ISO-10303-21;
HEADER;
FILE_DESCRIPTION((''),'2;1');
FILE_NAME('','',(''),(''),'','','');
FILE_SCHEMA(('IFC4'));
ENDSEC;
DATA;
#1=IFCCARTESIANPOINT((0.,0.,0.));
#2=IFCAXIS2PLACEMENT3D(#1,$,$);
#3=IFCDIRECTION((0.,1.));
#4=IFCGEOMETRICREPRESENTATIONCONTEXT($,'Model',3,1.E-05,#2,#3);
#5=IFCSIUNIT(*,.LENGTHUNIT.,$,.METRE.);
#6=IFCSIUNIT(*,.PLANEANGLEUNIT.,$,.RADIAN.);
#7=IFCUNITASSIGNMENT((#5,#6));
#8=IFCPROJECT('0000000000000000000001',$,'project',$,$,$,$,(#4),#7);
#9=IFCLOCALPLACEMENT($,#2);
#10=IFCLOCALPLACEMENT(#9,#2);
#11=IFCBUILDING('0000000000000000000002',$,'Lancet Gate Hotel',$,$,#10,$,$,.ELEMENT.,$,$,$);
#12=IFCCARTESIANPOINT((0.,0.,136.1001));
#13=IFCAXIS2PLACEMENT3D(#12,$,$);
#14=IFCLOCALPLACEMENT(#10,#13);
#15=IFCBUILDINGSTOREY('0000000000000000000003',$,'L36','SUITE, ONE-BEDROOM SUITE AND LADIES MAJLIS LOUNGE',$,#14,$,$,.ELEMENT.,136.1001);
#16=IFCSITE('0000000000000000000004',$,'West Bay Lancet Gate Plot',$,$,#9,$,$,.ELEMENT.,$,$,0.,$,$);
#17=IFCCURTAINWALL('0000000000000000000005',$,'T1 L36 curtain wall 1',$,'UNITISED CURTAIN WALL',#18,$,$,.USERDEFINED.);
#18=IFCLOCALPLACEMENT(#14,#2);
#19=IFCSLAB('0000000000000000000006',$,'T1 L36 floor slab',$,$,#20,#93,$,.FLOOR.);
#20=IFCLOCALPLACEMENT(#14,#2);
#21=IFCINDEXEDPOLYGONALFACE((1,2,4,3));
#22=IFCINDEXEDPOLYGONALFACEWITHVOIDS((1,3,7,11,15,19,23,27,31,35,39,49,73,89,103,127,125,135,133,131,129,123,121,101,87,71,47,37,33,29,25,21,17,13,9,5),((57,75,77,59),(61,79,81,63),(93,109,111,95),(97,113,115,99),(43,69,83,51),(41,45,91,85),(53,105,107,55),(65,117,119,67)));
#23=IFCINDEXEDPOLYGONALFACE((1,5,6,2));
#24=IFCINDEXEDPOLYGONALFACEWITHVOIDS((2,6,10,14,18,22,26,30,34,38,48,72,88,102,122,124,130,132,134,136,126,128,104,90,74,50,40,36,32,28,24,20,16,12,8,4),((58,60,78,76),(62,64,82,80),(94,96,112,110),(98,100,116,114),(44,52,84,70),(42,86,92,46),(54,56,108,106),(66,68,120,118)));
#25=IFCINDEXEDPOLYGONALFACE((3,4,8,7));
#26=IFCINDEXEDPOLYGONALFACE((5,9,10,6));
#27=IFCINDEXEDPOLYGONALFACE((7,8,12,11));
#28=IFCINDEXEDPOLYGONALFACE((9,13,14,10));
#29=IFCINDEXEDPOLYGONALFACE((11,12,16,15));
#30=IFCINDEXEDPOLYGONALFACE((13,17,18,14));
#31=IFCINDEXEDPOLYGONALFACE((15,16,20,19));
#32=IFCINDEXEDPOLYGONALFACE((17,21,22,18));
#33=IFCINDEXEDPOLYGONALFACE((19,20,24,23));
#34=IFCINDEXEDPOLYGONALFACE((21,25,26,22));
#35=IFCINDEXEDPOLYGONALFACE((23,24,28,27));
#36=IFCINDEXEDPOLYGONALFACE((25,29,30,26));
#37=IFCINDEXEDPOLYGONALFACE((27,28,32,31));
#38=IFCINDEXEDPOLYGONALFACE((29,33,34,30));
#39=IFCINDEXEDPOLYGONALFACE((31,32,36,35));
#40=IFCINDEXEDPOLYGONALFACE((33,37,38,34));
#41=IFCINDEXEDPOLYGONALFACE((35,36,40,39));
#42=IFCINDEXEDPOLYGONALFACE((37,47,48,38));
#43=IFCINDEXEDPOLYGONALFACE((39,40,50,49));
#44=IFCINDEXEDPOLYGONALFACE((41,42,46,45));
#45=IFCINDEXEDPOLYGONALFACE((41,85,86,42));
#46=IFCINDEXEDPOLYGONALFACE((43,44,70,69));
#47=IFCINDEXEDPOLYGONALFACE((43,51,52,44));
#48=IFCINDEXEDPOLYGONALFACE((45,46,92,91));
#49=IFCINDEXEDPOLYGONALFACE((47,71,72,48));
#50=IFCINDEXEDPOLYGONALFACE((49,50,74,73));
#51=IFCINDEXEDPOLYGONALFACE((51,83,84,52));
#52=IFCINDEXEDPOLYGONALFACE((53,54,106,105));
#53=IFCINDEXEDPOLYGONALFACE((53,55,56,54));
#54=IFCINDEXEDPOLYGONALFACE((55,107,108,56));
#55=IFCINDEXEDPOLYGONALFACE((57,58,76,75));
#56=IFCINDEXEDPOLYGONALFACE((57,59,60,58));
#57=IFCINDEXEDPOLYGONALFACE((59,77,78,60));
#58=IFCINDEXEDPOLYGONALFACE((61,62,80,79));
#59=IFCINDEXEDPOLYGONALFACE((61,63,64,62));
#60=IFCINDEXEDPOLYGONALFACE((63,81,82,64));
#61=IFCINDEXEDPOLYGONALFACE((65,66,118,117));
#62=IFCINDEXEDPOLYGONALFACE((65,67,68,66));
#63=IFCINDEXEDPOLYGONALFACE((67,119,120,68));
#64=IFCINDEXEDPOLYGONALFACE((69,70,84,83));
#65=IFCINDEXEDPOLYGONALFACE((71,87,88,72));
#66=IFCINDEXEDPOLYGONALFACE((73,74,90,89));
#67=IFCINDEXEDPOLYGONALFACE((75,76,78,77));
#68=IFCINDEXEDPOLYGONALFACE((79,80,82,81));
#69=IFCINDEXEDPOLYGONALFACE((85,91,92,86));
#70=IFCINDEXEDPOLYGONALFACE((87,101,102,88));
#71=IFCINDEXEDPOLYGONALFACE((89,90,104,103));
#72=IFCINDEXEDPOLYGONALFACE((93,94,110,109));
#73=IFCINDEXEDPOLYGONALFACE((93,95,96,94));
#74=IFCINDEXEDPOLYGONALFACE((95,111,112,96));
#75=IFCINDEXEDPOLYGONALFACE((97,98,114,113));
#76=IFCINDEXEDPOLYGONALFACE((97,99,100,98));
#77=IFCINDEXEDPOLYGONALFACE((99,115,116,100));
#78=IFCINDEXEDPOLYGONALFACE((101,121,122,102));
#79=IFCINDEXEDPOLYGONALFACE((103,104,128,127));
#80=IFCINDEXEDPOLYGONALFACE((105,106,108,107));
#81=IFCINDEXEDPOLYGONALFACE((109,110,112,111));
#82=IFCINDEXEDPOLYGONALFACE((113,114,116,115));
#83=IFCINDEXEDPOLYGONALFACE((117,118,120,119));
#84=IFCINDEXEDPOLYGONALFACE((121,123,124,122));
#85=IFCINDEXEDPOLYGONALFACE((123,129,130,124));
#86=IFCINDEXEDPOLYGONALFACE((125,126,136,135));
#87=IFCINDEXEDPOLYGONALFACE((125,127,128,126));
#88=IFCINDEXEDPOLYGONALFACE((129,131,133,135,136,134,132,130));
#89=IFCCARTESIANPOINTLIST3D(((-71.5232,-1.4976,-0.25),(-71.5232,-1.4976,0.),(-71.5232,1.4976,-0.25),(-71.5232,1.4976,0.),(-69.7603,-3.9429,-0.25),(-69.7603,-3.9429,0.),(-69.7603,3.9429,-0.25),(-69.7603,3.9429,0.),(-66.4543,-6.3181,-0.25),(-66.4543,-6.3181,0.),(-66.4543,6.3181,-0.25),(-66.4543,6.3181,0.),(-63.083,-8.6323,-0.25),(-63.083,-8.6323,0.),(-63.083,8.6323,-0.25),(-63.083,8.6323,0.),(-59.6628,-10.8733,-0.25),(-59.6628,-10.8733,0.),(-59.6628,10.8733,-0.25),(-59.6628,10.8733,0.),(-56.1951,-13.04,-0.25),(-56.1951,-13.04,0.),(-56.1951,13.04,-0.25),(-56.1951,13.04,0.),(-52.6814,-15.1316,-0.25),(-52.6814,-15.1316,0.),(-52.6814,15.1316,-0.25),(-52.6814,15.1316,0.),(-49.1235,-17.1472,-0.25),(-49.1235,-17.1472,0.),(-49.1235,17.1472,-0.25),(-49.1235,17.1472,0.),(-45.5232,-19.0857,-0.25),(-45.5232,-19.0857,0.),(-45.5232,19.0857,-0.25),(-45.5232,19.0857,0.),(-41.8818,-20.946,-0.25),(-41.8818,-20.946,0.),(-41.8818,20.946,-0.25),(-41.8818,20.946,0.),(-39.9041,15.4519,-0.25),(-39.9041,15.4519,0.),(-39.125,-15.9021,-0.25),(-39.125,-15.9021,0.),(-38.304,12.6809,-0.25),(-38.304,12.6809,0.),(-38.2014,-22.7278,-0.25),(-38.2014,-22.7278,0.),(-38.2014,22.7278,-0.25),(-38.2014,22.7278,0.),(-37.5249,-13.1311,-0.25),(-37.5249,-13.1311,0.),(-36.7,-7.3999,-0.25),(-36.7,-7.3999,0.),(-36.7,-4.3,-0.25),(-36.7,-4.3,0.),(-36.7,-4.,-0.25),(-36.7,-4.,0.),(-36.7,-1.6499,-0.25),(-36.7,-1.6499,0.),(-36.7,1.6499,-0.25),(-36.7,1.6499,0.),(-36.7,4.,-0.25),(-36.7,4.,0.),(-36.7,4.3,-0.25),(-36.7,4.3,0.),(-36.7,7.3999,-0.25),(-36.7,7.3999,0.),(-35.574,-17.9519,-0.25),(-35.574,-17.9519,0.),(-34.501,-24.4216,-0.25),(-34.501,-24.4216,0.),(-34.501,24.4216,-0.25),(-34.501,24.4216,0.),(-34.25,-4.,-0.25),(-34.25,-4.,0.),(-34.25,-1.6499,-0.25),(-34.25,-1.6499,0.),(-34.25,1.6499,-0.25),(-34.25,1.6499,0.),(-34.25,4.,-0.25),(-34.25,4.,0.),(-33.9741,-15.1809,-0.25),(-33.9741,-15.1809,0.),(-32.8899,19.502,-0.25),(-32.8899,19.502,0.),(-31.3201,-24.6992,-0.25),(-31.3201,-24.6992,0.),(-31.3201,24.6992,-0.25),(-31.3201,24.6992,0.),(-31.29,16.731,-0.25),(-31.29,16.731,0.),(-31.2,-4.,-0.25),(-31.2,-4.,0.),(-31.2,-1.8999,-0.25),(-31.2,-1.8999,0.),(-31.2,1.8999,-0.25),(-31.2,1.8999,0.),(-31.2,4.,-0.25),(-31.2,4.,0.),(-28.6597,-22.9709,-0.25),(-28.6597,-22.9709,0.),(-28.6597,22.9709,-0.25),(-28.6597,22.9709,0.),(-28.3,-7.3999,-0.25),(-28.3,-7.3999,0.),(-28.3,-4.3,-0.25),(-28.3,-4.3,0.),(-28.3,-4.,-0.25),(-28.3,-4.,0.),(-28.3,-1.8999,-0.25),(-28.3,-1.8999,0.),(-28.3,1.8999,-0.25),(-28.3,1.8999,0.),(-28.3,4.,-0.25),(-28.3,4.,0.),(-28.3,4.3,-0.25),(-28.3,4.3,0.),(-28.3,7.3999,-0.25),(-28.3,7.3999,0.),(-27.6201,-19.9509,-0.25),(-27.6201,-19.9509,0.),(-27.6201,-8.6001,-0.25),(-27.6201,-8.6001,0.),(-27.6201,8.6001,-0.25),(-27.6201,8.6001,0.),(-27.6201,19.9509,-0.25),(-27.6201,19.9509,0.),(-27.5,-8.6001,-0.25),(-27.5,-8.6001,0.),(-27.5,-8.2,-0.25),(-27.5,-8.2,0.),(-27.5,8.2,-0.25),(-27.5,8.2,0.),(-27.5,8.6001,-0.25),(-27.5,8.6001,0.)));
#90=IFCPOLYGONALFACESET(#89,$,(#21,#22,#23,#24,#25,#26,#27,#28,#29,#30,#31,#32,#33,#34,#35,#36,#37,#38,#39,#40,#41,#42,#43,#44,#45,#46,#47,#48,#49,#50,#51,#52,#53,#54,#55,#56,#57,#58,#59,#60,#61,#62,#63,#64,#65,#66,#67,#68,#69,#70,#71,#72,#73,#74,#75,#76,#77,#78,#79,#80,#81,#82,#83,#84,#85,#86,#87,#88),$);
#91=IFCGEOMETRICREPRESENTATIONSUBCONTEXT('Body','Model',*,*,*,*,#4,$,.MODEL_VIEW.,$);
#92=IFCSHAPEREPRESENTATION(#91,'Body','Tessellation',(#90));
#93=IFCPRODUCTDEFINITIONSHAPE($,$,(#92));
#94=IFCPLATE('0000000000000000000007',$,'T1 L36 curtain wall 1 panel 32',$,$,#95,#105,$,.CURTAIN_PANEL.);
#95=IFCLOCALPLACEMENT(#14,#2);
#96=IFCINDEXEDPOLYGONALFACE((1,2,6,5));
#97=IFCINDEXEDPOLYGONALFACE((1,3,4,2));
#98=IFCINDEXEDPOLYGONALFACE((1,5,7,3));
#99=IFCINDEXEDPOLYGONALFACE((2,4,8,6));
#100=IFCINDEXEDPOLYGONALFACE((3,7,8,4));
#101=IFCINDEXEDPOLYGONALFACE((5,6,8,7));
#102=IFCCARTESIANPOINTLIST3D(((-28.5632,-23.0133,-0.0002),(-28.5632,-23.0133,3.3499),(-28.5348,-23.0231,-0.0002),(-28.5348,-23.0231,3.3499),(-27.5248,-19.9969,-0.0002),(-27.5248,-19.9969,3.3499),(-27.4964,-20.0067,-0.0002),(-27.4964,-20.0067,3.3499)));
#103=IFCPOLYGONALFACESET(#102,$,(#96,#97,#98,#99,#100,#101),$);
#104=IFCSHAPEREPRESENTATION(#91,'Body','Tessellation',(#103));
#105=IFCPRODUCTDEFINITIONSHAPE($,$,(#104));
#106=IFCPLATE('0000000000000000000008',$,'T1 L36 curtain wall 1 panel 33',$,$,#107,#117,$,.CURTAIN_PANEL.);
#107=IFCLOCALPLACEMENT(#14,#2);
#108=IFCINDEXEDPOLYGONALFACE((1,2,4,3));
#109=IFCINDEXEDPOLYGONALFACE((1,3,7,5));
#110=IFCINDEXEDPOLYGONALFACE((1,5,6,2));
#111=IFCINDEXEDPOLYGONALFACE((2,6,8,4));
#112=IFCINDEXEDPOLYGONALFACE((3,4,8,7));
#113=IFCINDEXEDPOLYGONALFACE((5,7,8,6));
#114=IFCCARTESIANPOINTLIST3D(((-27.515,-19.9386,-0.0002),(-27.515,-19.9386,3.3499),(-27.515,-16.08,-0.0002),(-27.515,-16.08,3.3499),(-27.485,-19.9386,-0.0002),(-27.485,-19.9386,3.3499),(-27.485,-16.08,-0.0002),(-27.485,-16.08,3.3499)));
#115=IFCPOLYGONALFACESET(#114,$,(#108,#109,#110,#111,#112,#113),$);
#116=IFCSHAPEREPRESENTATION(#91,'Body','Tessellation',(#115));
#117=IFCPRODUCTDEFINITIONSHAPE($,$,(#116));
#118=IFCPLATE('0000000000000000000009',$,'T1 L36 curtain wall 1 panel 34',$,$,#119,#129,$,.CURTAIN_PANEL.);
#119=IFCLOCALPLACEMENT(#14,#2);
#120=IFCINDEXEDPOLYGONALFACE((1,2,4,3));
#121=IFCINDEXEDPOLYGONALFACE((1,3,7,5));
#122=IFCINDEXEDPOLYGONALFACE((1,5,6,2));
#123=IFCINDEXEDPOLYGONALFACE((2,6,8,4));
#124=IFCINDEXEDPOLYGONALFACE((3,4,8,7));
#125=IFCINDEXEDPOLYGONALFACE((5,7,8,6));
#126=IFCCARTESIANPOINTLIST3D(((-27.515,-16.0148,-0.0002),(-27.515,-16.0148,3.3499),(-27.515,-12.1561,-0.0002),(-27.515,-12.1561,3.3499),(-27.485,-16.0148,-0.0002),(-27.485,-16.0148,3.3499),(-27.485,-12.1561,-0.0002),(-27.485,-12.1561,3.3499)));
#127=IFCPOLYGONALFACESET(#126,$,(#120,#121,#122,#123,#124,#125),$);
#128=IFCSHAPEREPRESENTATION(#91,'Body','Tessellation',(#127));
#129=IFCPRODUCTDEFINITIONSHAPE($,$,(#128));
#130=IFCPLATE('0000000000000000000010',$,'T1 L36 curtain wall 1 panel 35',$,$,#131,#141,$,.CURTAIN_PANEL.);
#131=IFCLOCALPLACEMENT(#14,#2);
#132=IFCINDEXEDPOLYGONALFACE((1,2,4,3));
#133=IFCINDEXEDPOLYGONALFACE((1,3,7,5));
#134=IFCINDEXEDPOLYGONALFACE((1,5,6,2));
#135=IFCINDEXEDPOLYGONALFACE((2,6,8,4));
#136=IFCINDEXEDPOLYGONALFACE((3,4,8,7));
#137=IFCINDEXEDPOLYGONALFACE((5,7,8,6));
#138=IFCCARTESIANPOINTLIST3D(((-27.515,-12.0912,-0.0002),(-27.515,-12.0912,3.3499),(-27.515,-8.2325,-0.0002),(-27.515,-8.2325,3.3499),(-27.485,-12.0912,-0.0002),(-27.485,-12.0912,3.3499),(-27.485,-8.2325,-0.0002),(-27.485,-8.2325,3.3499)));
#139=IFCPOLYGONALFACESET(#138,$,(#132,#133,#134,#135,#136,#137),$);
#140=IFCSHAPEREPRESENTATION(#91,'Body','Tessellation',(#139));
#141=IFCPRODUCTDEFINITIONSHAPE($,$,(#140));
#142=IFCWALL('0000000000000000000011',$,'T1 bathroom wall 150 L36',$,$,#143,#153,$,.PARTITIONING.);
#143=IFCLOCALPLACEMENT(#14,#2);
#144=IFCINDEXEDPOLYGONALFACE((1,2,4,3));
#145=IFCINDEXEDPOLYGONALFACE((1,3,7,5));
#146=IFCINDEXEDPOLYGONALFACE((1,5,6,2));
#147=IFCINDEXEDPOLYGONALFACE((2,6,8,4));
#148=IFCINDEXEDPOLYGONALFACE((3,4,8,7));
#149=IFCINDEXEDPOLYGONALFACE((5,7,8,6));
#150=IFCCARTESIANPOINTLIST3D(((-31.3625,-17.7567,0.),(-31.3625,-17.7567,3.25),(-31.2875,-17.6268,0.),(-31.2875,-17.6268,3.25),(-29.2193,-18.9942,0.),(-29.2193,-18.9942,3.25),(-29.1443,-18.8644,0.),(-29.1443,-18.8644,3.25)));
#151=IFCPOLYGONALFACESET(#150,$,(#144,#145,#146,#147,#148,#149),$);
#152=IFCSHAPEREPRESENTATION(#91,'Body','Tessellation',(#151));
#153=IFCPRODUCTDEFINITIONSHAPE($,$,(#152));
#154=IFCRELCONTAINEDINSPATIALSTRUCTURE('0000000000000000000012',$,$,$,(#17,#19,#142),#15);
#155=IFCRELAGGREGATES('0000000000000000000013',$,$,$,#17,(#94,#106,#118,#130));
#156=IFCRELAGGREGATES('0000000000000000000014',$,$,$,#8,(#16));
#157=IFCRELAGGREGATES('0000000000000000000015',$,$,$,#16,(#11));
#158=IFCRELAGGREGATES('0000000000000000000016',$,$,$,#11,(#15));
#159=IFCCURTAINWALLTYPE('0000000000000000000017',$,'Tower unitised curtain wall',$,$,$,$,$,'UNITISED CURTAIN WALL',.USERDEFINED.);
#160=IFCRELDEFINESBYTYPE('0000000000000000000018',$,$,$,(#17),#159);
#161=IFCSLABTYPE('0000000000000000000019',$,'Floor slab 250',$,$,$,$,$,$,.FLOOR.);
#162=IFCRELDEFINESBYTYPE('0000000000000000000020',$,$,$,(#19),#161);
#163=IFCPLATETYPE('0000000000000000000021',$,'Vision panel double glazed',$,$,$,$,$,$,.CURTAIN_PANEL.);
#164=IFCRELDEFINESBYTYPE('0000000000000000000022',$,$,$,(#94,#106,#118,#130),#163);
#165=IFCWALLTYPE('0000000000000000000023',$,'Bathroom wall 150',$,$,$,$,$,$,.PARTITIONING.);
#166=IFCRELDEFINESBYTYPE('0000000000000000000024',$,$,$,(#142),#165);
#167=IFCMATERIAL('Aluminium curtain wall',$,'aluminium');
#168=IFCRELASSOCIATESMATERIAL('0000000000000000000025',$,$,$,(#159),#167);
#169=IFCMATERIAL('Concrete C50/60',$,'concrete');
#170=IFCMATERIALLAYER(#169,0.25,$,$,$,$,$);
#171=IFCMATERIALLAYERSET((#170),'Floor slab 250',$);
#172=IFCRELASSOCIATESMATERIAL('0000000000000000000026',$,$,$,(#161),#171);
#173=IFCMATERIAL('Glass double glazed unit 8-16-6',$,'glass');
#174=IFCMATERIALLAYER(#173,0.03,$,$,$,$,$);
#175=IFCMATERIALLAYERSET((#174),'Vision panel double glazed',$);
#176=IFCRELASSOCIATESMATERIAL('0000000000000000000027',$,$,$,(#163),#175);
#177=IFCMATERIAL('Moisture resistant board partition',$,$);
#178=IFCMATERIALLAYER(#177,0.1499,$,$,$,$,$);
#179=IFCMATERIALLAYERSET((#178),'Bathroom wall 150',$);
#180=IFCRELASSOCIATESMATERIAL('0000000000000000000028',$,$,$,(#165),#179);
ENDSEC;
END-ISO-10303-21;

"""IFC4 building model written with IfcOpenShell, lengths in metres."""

from ifc_helpers import new_model, si_unit, direction, frame, frame_2d, origin, origin_2d, place, context, subcontext, project, spatial, polyline, rectangle, outline, extrude, material, layer, layer_set, type_object, element, aggregate, save


model = new_model("IFC4")

# Units and contexts
model_context = context("Model", 3, precision=1e-05, world=origin(), true_north=direction((0.0, 1.0)))
body_context = subcontext(model_context, "Body", "Model", "MODEL_VIEW")
ifc_project = project(units=[si_unit("LENGTHUNIT", "METRE"), si_unit("PLANEANGLEUNIT", "RADIAN")], contexts=[model_context])

# Site, building, storey
site_placement = place(None, origin())
site = spatial("IfcSite", under=ifc_project, at=site_placement, Name="West Bay Lancet Gate Plot", CompositionType="ELEMENT", RefElevation=0.0)
building_placement = place(site_placement, origin())
building = spatial("IfcBuilding", under=site, at=building_placement, Name="Lancet Gate Hotel", CompositionType="ELEMENT")
storey_placement = place(building_placement, frame((0.0, 0.0, 136.1001)))
storey = spatial("IfcBuildingStorey", under=building, at=storey_placement, Name="L36", Description="SUITE, ONE-BEDROOM SUITE AND LADIES MAJLIS LOUNGE", CompositionType="ELEMENT", Elevation=136.1001)

# Curtain wall
ifc_material_1 = material(Name="Aluminium curtain wall", Category="aluminium")
curtain_wall_type = type_object("IfcCurtainWallType", Name="Tower unitised curtain wall", ElementType="UNITISED CURTAIN WALL", PredefinedType="USERDEFINED", material=ifc_material_1)
curtain_wall_placement = place(storey_placement, origin())
curtain_wall = element("IfcCurtainWall", 1, at=curtain_wall_placement, inside=storey, type_object=curtain_wall_type, Name="T1 L36 curtain wall 1", ObjectType="UNITISED CURTAIN WALL", PredefinedType="USERDEFINED")

# Slab
ifc_material_2 = material(Name="Concrete C50/60", Category="concrete")
ifc_layer_1 = layer(ifc_material_2, 0.25)
ifc_layer_set_1 = layer_set([ifc_layer_1], Name="Floor slab 250")
slab_type = type_object("IfcSlabType", Name="Floor slab 250", PredefinedType="FLOOR", material=ifc_layer_set_1)
slab_placement = place(storey_placement, frame((0.0, 0.0, -0.25)))
element("IfcSlab", 2, at=slab_placement, inside=storey, type_object=slab_type, Name="T1 L36 floor slab", PredefinedType="FLOOR", context=body_context, shape_type="SweptSolid", body=[
    extrude(outline(polyline([(-27.5, 8.6001), (-27.6201, 8.6001), (-27.6201, 19.9509), (-28.6597, 22.9709), (-31.3201, 24.6992), (-34.501, 24.4216), (-38.2014, 22.7278), (-41.8818, 20.946), (-45.5232, 19.0857), (-49.1235, 17.1472), (-52.6814, 15.1316), (-56.1951, 13.04), (-59.6628, 10.8733), (-63.083, 8.6323), (-66.4543, 6.3181), (-69.7603, 3.9429), (-71.5232, 1.4976), (-71.5232, -1.4976), (-69.7603, -3.9429), (-66.4543, -6.3181), (-63.083, -8.6323), (-59.6628, -10.8733), (-56.1951, -13.04), (-52.6814, -15.1316), (-49.1235, -17.1472), (-45.5232, -19.0857), (-41.8818, -20.946), (-38.2014, -22.7278), (-34.501, -24.4216), (-31.3201, -24.6992), (-28.6597, -22.9709), (-27.6201, -19.9509), (-27.6201, -8.6001), (-27.5, -8.6001), (-27.5, -8.2), (-27.5, 8.2), (-27.5, 8.6001)]), holes=[polyline([(-36.7, 7.3999), (-36.7, 4.3), (-28.3, 4.3), (-28.3, 7.3999), (-36.7, 7.3999)]), polyline([(-28.3, 4.0), (-31.2, 4.0), (-31.2, 1.8999), (-28.3, 1.8999), (-28.3, 4.0)]), polyline([(-34.25, 4.0), (-36.7, 4.0), (-36.7, 1.6499), (-34.25, 1.6499), (-34.25, 4.0)]), polyline([(-36.7, -1.6499), (-36.7, -4.0), (-34.25, -4.0), (-34.25, -1.6499), (-36.7, -1.6499)]), polyline([(-28.3, -1.8999), (-31.2, -1.8999), (-31.2, -4.0), (-28.3, -4.0), (-28.3, -1.8999)]), polyline([(-28.3, -4.3), (-36.7, -4.3), (-36.7, -7.3999), (-28.3, -7.3999), (-28.3, -4.3)]), polyline([(-31.29, 16.731), (-32.8899, 19.502), (-39.9041, 15.4519), (-38.304, 12.6809), (-31.29, 16.731)]), polyline([(-33.9741, -15.1809), (-37.5249, -13.1311), (-39.125, -15.9021), (-35.574, -17.9519), (-33.9741, -15.1809)])]), origin(), (0.0, 0.0, 1.0), 0.25),
])

# Plates
ifc_material_3 = material(Name="Glass double glazed unit 8-16-6", Category="glass")
ifc_layer_2 = layer(ifc_material_3, 0.03)
ifc_layer_set_2 = layer_set([ifc_layer_2], Name="Vision panel double glazed")
plate_type = type_object("IfcPlateType", Name="Vision panel double glazed", PredefinedType="CURTAIN_PANEL", material=ifc_layer_set_2)
plate_1_placement = place(storey_placement, frame((-28.0298, -21.51, -0.0002), z_axis=(0.0, 0.0, 1.0), x_axis=(0.325516, 0.945537, 0.0)))
plate_1 = element("IfcPlate", 3, at=plate_1_placement, type_object=plate_type, Name="T1 L36 curtain wall 1 panel 32", PredefinedType="CURTAIN_PANEL", context=body_context, shape_type="SweptSolid", body=[
    extrude(rectangle(XDim=3.1902, YDim=0.03, at=origin_2d()), origin(), (0.0, 0.0, 1.0), 3.3501),
])
plate_2_placement = place(storey_placement, frame((-27.5, -18.0093, -0.0002), z_axis=(0.0, 0.0, 1.0), x_axis=(0.0, 1.0, 0.0)))
plate_2 = element("IfcPlate", 4, at=plate_2_placement, type_object=plate_type, Name="T1 L36 curtain wall 1 panel 33", PredefinedType="CURTAIN_PANEL", context=body_context, shape_type="SweptSolid", body=[
    extrude(rectangle(XDim=3.8586, YDim=0.03, at=origin_2d()), origin(), (0.0, 0.0, 1.0), 3.3501),
])
plate_3_placement = place(storey_placement, frame((-27.5, -14.0854, -0.0002), z_axis=(0.0, 0.0, 1.0), x_axis=(0.0, 1.0, 0.0)))
plate_3 = element("IfcPlate", 5, at=plate_3_placement, type_object=plate_type, Name="T1 L36 curtain wall 1 panel 34", PredefinedType="CURTAIN_PANEL", context=body_context, shape_type="SweptSolid", body=[
    extrude(rectangle(XDim=3.8586, YDim=0.03, at=origin_2d()), origin(), (0.0, 0.0, 1.0), 3.3501),
])
plate_4_placement = place(storey_placement, frame((-27.5, -10.1619, -0.0002), z_axis=(0.0, 0.0, 1.0), x_axis=(0.0, 1.0, 0.0)))
plate_4 = element("IfcPlate", 6, at=plate_4_placement, type_object=plate_type, Name="T1 L36 curtain wall 1 panel 35", PredefinedType="CURTAIN_PANEL", context=body_context, shape_type="SweptSolid", body=[
    extrude(rectangle(XDim=3.8586, YDim=0.03, at=origin_2d()), origin(), (0.0, 0.0, 1.0), 3.3501),
])
aggregate(curtain_wall, [plate_1, plate_2, plate_3, plate_4])

# Wall
ifc_material_4 = material(Name="Moisture resistant board partition")
ifc_layer_3 = layer(ifc_material_4, 0.1499)
ifc_layer_set_3 = layer_set([ifc_layer_3], Name="Bathroom wall 150")
wall_type_1 = type_object("IfcWallType", Name="Bathroom wall 150", PredefinedType="PARTITIONING", material=ifc_layer_set_3)
wall_1_placement = place(storey_placement, frame((-29.1819, -18.9292, 0.0), z_axis=(0.0, 0.0, 1.0), x_axis=(-0.866007, 0.500033, 0.0)))
element("IfcWall", 7, at=wall_1_placement, inside=storey, type_object=wall_type_1, Name="T1 bathroom wall 150 L36", PredefinedType="PARTITIONING", context=body_context, shape_type="SweptSolid", body=[
    extrude(rectangle(XDim=2.4749, YDim=0.1499, at=frame_2d((1.2373, 0.0))), origin(), (0.0, 0.0, 1.0), 3.25),
])

save(model, "model.ifc")
